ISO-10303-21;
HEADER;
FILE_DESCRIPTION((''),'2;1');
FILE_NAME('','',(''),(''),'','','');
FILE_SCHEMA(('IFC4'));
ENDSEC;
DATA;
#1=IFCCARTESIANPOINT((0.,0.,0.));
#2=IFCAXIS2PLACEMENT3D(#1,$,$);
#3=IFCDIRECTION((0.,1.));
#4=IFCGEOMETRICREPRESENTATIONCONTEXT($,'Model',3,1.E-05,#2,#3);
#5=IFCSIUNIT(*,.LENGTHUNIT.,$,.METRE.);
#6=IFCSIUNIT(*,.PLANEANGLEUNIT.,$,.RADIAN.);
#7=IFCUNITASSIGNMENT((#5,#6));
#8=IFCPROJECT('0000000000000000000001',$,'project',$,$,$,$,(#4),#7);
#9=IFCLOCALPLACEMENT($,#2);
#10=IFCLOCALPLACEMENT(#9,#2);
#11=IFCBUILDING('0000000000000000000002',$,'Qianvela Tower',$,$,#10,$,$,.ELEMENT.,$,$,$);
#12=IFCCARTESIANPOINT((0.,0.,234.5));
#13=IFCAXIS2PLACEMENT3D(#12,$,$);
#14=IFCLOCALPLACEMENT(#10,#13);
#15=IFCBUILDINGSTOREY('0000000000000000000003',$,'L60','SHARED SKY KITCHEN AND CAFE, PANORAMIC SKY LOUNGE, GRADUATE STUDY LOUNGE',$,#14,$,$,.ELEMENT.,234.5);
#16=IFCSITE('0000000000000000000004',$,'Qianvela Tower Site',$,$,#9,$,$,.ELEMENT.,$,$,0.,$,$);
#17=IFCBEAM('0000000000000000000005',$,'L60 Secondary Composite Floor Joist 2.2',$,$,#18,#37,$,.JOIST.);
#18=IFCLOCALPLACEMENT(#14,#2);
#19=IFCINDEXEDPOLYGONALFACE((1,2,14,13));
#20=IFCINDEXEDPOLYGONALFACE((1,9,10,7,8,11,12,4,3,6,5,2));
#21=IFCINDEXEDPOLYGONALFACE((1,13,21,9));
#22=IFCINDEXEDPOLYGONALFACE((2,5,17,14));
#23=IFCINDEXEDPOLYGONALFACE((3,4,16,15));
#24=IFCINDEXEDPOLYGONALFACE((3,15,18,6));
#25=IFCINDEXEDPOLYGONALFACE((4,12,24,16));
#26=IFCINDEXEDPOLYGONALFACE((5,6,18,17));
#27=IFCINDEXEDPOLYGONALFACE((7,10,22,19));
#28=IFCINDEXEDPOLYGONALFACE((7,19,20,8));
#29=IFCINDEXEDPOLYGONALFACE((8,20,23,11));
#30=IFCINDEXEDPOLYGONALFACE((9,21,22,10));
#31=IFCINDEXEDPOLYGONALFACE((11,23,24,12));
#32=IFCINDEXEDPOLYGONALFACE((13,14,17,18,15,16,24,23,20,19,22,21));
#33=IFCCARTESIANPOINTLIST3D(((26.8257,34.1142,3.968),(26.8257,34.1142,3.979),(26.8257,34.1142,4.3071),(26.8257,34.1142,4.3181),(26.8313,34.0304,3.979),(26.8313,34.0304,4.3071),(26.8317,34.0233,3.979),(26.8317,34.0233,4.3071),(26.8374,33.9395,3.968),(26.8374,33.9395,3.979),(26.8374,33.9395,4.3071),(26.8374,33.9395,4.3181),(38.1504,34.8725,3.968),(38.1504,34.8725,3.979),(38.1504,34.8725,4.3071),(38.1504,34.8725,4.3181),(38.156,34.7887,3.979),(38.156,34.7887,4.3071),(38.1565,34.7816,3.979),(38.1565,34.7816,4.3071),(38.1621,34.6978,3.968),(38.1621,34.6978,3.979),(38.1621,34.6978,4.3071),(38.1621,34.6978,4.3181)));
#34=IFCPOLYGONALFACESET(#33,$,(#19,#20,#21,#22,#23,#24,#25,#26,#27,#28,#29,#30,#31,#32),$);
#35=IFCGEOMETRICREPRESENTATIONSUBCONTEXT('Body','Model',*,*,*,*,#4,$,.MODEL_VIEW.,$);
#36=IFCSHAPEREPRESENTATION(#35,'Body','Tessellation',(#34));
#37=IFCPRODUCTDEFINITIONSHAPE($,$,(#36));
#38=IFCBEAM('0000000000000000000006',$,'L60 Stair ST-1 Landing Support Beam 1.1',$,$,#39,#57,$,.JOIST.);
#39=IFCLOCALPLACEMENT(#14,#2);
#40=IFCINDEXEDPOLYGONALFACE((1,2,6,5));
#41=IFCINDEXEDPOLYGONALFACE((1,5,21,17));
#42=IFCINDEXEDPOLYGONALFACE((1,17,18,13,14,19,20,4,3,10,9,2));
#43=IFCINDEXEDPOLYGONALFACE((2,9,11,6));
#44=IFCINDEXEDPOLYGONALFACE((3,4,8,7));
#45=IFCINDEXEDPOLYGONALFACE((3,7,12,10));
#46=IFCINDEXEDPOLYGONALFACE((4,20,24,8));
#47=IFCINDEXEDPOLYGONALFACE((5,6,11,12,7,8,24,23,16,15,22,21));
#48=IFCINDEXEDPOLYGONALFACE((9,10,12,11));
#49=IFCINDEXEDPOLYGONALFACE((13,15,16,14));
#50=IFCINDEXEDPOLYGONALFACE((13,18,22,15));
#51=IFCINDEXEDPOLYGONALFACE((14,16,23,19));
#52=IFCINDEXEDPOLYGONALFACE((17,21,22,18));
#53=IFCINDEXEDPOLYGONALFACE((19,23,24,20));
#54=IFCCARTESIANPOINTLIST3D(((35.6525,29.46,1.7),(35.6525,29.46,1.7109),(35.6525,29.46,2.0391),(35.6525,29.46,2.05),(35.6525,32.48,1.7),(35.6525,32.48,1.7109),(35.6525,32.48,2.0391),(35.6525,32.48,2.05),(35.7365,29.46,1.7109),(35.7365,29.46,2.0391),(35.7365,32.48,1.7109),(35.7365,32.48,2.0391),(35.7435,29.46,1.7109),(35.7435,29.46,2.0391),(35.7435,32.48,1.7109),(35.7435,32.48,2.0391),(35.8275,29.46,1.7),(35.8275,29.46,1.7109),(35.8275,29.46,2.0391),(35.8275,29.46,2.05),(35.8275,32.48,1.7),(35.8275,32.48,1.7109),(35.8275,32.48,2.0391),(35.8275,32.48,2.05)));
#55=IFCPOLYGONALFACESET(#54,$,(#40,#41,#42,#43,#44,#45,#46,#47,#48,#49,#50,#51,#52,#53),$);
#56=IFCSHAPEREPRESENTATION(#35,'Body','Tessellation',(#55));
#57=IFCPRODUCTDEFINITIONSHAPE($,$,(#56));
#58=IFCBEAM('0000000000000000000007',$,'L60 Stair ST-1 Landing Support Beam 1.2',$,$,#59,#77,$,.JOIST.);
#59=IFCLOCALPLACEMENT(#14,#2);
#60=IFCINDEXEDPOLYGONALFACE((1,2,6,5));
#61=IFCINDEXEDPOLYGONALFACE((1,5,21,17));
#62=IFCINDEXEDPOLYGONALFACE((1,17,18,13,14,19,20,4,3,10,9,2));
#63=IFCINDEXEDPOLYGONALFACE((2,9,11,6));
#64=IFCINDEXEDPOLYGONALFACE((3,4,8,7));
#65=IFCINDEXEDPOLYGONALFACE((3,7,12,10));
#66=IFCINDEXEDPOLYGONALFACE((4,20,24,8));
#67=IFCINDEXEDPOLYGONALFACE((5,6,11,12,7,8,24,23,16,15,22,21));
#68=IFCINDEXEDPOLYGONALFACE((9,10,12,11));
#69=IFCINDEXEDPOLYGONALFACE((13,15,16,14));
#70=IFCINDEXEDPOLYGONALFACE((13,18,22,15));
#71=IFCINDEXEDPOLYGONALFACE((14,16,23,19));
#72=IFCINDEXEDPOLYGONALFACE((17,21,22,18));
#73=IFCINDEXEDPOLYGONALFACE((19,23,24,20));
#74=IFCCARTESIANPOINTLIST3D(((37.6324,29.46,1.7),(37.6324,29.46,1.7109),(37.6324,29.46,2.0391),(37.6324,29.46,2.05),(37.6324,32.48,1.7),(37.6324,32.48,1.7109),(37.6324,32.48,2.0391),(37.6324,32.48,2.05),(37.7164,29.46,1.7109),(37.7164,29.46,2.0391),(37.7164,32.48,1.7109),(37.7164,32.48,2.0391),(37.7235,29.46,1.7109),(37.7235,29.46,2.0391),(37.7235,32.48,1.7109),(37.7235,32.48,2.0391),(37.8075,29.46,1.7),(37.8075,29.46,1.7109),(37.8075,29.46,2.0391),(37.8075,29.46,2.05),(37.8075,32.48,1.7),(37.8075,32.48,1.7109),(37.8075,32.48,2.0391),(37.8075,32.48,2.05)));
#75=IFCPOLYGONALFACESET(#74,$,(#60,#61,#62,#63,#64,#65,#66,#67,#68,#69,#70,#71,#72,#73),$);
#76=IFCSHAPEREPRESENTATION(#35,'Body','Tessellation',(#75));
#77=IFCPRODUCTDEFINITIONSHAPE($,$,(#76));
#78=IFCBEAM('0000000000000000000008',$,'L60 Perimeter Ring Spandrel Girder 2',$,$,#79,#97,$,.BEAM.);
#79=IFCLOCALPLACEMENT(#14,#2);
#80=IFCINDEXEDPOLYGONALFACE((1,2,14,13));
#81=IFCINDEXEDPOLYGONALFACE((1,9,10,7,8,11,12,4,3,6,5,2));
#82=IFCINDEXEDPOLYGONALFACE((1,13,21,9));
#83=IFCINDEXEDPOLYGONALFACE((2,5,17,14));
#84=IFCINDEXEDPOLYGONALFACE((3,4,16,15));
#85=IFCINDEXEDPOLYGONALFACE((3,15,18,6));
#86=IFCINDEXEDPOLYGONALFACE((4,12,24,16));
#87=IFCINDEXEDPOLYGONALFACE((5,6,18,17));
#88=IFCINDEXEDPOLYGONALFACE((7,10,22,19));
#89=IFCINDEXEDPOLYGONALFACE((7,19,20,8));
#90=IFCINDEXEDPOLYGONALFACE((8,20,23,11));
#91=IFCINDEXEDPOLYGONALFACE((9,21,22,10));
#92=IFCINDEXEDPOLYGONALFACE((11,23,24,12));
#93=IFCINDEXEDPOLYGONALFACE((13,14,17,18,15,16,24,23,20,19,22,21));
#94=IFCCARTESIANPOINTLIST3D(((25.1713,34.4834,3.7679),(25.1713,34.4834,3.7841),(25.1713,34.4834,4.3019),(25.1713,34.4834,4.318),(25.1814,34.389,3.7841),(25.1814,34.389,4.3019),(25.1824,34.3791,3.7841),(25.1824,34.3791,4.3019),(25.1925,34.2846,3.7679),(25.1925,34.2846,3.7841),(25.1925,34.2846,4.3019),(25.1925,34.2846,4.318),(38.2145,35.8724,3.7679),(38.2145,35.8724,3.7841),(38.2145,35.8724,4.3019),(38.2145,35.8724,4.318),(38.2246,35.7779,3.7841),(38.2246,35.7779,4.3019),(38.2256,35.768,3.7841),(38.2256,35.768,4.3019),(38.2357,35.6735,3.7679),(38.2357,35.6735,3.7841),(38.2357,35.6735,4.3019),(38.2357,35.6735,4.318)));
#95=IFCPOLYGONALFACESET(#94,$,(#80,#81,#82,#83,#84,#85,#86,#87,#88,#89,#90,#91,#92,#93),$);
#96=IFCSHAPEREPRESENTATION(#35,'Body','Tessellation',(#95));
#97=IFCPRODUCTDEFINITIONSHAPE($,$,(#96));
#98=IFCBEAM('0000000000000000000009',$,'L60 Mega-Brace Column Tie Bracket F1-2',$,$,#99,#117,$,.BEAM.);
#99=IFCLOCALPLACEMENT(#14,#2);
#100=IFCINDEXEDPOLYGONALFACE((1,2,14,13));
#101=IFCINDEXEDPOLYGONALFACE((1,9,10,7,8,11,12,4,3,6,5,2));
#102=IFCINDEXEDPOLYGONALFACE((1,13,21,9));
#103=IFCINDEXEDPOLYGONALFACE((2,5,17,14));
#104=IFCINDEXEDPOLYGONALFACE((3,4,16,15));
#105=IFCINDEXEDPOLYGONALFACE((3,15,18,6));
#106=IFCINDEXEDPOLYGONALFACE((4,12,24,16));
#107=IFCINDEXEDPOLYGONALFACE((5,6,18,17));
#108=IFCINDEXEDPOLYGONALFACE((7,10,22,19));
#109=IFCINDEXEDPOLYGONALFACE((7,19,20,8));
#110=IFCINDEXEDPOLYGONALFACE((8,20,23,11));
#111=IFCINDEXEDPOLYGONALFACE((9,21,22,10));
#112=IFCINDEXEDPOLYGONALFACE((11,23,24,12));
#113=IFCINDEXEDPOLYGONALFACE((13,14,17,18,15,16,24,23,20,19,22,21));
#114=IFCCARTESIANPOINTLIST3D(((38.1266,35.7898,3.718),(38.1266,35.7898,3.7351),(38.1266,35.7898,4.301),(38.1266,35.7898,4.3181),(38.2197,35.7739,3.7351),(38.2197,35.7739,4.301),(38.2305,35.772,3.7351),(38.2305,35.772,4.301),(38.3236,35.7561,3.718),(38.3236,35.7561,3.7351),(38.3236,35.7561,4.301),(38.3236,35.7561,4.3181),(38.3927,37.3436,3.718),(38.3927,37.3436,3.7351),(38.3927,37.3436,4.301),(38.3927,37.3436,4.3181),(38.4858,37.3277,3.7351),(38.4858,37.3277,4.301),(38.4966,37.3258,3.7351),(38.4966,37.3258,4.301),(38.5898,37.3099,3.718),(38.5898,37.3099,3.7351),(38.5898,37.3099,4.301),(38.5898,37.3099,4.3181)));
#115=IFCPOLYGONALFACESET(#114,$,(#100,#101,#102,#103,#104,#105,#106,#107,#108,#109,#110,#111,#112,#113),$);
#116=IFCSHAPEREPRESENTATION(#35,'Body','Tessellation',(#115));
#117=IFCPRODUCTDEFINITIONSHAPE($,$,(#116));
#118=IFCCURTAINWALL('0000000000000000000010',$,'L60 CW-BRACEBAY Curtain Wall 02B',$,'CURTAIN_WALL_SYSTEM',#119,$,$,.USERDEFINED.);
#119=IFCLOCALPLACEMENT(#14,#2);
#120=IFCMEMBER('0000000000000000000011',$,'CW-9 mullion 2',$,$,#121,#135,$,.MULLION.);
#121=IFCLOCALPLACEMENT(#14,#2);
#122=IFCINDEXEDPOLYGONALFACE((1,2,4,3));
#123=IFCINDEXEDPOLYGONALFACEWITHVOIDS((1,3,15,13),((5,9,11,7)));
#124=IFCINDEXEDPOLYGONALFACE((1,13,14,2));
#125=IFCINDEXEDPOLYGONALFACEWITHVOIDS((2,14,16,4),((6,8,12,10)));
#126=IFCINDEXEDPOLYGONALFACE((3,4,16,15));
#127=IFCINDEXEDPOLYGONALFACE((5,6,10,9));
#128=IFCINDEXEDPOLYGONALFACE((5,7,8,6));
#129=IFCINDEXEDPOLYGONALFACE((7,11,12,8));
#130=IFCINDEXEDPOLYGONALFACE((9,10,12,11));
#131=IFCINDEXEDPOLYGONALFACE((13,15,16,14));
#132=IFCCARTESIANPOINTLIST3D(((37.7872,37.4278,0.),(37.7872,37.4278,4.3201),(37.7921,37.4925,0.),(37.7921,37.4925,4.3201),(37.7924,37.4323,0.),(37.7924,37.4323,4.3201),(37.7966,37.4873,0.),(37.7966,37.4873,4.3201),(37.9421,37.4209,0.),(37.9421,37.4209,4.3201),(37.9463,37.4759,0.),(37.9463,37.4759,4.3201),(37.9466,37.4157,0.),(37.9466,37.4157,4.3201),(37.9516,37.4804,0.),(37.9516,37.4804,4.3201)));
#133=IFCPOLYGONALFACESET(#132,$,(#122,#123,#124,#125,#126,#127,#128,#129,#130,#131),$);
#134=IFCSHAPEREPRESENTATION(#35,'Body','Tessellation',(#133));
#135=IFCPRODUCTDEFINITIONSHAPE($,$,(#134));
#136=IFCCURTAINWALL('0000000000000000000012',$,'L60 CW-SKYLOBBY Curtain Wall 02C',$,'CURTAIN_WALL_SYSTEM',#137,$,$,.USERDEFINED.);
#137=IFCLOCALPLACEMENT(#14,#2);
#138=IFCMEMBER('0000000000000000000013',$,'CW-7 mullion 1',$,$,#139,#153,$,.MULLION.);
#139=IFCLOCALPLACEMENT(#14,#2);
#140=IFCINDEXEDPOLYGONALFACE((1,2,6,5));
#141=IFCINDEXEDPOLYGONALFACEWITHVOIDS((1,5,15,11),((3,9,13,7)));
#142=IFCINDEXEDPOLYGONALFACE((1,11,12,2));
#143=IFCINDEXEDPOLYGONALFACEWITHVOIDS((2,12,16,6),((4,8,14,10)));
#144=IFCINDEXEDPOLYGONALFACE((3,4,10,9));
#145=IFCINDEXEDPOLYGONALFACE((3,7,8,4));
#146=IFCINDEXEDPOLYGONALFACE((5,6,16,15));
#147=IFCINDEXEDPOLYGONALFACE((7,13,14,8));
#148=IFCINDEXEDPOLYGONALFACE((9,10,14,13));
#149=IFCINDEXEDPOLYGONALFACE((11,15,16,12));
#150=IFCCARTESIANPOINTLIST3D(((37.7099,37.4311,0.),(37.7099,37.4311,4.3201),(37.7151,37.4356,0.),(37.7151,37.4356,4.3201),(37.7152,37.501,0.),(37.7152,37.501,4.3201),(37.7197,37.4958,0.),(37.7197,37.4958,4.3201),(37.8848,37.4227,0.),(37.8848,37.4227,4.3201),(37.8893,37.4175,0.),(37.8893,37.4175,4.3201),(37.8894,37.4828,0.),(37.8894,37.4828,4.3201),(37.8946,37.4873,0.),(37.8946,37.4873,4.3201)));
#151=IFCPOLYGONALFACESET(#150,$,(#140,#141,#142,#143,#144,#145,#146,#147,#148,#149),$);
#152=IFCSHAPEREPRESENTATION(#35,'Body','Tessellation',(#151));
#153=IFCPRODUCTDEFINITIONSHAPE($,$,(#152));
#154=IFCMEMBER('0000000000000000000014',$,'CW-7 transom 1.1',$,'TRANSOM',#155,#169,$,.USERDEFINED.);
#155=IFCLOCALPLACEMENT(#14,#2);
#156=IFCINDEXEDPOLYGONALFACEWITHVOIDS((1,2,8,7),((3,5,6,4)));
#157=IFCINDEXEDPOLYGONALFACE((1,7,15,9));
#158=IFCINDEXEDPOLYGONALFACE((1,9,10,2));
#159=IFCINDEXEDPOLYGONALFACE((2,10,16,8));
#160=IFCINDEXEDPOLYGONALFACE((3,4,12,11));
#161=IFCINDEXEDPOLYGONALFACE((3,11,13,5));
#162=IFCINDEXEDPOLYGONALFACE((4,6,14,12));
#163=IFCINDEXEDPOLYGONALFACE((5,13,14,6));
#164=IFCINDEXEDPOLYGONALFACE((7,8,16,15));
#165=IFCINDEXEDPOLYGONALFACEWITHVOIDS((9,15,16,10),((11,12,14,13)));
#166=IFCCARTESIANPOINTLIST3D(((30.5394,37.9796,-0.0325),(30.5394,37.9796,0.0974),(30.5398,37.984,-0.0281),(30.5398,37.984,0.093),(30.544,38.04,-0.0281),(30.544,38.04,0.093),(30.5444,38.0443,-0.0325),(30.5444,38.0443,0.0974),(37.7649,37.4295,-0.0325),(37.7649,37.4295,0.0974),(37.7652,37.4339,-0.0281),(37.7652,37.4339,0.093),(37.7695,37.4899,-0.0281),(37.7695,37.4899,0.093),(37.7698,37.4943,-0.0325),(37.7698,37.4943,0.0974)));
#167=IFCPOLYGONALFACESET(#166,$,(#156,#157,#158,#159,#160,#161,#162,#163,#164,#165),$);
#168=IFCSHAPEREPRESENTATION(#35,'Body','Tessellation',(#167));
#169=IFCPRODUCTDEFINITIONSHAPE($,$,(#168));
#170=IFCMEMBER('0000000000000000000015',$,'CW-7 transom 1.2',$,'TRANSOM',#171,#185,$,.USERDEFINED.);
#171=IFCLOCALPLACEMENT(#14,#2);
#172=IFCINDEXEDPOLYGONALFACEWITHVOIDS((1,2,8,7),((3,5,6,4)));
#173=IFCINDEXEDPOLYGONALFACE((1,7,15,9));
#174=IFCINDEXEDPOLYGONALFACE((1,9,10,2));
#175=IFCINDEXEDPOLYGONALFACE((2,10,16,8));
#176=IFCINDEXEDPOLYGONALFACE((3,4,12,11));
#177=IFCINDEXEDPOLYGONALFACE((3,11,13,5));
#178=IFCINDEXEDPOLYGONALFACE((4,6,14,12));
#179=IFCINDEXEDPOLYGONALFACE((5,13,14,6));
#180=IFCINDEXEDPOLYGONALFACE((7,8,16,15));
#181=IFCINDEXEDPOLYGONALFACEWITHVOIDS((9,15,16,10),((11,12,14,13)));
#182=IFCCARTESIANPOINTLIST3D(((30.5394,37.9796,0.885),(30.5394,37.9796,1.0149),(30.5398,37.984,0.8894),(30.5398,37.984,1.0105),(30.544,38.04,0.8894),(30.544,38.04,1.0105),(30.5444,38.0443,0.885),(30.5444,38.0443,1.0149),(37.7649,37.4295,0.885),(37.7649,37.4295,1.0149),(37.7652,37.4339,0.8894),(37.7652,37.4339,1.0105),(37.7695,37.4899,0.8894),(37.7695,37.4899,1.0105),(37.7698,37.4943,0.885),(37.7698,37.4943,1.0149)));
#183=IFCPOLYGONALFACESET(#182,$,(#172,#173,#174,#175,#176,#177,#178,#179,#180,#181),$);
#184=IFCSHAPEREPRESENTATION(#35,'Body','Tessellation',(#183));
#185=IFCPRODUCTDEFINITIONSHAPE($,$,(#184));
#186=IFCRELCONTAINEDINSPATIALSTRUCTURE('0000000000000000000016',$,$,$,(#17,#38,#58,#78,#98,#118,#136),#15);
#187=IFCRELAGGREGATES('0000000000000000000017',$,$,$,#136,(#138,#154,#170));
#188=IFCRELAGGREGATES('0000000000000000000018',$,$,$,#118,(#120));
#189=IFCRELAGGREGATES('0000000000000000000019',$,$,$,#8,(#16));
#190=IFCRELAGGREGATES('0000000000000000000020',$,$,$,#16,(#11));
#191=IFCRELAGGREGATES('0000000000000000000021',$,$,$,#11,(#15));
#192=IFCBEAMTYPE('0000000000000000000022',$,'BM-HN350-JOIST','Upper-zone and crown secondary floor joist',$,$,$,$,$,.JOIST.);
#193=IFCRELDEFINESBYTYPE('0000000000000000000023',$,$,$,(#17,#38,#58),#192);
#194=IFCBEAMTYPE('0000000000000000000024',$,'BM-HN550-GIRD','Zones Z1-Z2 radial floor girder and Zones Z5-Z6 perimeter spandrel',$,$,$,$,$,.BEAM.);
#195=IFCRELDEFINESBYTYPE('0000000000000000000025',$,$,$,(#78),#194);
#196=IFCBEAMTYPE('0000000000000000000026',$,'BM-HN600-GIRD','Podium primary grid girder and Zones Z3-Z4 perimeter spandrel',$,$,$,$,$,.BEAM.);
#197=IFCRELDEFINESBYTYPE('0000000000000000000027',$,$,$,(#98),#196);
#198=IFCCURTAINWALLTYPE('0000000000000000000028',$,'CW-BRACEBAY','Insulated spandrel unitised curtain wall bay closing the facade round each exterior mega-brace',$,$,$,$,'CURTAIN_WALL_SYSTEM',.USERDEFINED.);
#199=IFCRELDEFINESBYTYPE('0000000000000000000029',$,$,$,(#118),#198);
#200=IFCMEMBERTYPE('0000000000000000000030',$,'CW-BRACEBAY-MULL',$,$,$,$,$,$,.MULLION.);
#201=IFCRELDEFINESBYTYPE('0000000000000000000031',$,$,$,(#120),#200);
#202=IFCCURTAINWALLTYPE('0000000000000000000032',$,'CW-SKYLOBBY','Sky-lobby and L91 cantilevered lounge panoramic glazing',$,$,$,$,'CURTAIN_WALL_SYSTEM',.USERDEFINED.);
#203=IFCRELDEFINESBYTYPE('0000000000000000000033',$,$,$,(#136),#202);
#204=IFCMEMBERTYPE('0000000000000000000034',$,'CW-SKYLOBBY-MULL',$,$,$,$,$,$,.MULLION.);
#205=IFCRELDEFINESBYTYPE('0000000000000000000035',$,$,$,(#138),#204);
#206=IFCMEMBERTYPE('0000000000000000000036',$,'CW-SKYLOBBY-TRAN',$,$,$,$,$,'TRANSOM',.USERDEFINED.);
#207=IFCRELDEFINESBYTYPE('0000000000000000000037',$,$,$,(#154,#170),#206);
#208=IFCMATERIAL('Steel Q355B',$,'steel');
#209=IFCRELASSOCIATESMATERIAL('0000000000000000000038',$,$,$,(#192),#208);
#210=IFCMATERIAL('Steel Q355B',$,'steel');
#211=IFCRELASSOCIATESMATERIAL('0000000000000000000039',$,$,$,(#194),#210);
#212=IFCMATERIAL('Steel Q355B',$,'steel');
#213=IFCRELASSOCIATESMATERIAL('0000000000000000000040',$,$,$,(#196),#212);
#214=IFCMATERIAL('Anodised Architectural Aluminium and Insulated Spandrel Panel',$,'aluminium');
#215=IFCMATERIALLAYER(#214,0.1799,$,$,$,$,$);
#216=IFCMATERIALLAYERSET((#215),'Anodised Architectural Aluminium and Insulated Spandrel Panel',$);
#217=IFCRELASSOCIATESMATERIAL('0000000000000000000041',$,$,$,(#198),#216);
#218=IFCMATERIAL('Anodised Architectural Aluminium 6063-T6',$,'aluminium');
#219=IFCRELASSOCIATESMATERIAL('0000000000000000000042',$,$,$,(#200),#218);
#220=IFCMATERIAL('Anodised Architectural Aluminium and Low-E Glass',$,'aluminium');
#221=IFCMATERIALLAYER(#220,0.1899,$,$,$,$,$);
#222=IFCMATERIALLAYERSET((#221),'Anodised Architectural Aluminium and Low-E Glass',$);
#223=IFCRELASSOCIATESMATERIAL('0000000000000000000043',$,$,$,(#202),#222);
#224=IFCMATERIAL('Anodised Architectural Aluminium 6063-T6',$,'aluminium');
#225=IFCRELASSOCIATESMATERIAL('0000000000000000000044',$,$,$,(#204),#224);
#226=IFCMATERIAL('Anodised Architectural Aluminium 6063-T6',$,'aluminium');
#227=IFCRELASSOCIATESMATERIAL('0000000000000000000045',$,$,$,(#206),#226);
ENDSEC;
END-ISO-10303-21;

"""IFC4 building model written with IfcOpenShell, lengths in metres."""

from ifc_helpers import new_model, si_unit, direction, frame, origin, origin_2d, place, context, subcontext, project, spatial, hollow_rectangle, i_section, extrude, material, layer, layer_set, material_profile, profile_set, type_object, element, aggregate, save


model = new_model("IFC4")

# Units and contexts
model_context = context("Model", 3, precision=1e-05, world=origin(), true_north=direction((0.0, 1.0)))
body_context = subcontext(model_context, "Body", "Model", "MODEL_VIEW")
ifc_project = project(units=[si_unit("LENGTHUNIT", "METRE"), si_unit("PLANEANGLEUNIT", "RADIAN")], contexts=[model_context])

# Site, building, storey
site_placement = place(None, origin())
site = spatial("IfcSite", under=ifc_project, at=site_placement, Name="Qianvela Tower Site", CompositionType="ELEMENT", RefElevation=0.0)
building_placement = place(site_placement, origin())
building = spatial("IfcBuilding", under=site, at=building_placement, Name="Qianvela Tower", CompositionType="ELEMENT")
storey_placement = place(building_placement, frame((0.0, 0.0, 234.5)))
storey = spatial("IfcBuildingStorey", under=building, at=storey_placement, Name="L60", Description="SHARED SKY KITCHEN AND CAFE, PANORAMIC SKY LOUNGE, GRADUATE STUDY LOUNGE", CompositionType="ELEMENT", Elevation=234.5)

# Beams
ifc_material_1 = material(Name="Steel Q355B", Category="steel")
ifc_material_profile_1 = material_profile(ifc_material_1, i_section(OverallWidth=0.175, OverallDepth=0.3501, WebThickness=0.0071, FlangeThickness=0.011, at=origin_2d()), Name="HN350x175x7x11")
ifc_profile_set_1 = profile_set([ifc_material_profile_1], Name="Steel Q355B")
beam_type_1 = type_object("IfcBeamType", Name="BM-HN350-JOIST", Description="Upper-zone and crown secondary floor joist", PredefinedType="JOIST", material=ifc_profile_set_1)
beam_1_placement = place(storey_placement, frame((38.1562, 34.7852, 4.1431), z_axis=(-0.997766, -0.06681, 0.0), x_axis=(0.06681, -0.997766, 0.0)))
element("IfcBeam", 1, at=beam_1_placement, inside=storey, type_object=beam_type_1, Name="L60 Secondary Composite Floor Joist 2.2", PredefinedType="JOIST", context=body_context, shape_type="SweptSolid", body=[
    extrude(i_section(OverallWidth=0.175, OverallDepth=0.3501, WebThickness=0.0071, FlangeThickness=0.011, at=origin_2d()), origin(), (0.0, 0.0, 1.0), 11.3501),
])
for number, where, z_axis, x_axis, name in (
    (2, (35.74, 29.46, 1.875), (0.0, 1.0, 0.0), (-1.0, 0.0, 0.0), "L60 Stair ST-1 Landing Support Beam 1.1"),
    (3, (37.72, 29.46, 1.875), (0.0, 1.0, 0.0), (-1.0, 0.0, 0.0), "L60 Stair ST-1 Landing Support Beam 1.2"),
):
    element("IfcBeam", number, at=place(storey_placement, frame(where, z_axis=z_axis, x_axis=x_axis)), inside=storey, type_object=beam_type_1, Name=name, PredefinedType="JOIST", context=body_context, shape_type="SweptSolid", body=[
        extrude(i_section(OverallWidth=0.175, OverallDepth=0.3501, WebThickness=0.0071, FlangeThickness=0.011, at=origin_2d()), origin(), (0.0, 0.0, 1.0), 3.02),
    ])
ifc_material_2 = material(Name="Steel Q355B", Category="steel")
ifc_material_profile_2 = material_profile(ifc_material_2, i_section(OverallWidth=0.2, OverallDepth=0.55, WebThickness=0.01, FlangeThickness=0.0161, at=origin_2d()), Name="HN550x200x10x16")
ifc_profile_set_2 = profile_set([ifc_material_profile_2], Name="Steel Q355B")
beam_type_2 = type_object("IfcBeamType", Name="BM-HN550-GIRD", Description="Zones Z1-Z2 radial floor girder and Zones Z5-Z6 perimeter spandrel", PredefinedType="BEAM", material=ifc_profile_set_2)
beam_2_placement = place(storey_placement, frame((38.2251, 35.7729, 4.043), z_axis=(-0.994378, -0.105887, 0.0), x_axis=(0.105887, -0.994378, 0.0)))
element("IfcBeam", 4, at=beam_2_placement, inside=storey, type_object=beam_type_2, Name="L60 Perimeter Ring Spandrel Girder 2", PredefinedType="BEAM", context=body_context, shape_type="SweptSolid", body=[
    extrude(i_section(OverallWidth=0.2, OverallDepth=0.55, WebThickness=0.01, FlangeThickness=0.0161, at=origin_2d()), origin(), (0.0, 0.0, 1.0), 13.1169),
])
ifc_material_3 = material(Name="Steel Q355B", Category="steel")
ifc_material_profile_3 = material_profile(ifc_material_3, i_section(OverallWidth=0.2, OverallDepth=0.6001, WebThickness=0.011, FlangeThickness=0.0171, at=origin_2d()), Name="HN600x200x11x17")
ifc_profile_set_3 = profile_set([ifc_material_profile_3], Name="Steel Q355B")
beam_type_3 = type_object("IfcBeamType", Name="BM-HN600-GIRD", Description="Podium primary grid girder and Zones Z3-Z4 perimeter spandrel", PredefinedType="BEAM", material=ifc_profile_set_3)
beam_3_placement = place(storey_placement, frame((38.2251, 35.7729, 4.0181), z_axis=(0.168818, 0.985647, 0.0), x_axis=(-0.985647, 0.168818, 0.0)))
element("IfcBeam", 5, at=beam_3_placement, inside=storey, type_object=beam_type_3, Name="L60 Mega-Brace Column Tie Bracket F1-2", PredefinedType="BEAM", context=body_context, shape_type="SweptSolid", body=[
    extrude(i_section(OverallWidth=0.2, OverallDepth=0.6001, WebThickness=0.011, FlangeThickness=0.0171, at=origin_2d()), origin(), (0.0, 0.0, 1.0), 1.5764),
])

# Curtain wall, member
ifc_material_4 = material(Name="Anodised Architectural Aluminium and Insulated Spandrel Panel", Category="aluminium")
ifc_layer_1 = layer(ifc_material_4, 0.1799)
ifc_layer_set_1 = layer_set([ifc_layer_1], Name="Anodised Architectural Aluminium and Insulated Spandrel Panel")
curtain_wall_type_1 = type_object("IfcCurtainWallType", Name="CW-BRACEBAY", Description="Insulated spandrel unitised curtain wall bay closing the facade round each exterior mega-brace", ElementType="CURTAIN_WALL_SYSTEM", PredefinedType="USERDEFINED", material=ifc_layer_set_1)
curtain_wall_1_placement = place(storey_placement, origin())
curtain_wall_1 = element("IfcCurtainWall", 6, at=curtain_wall_1_placement, inside=storey, type_object=curtain_wall_type_1, Name="L60 CW-BRACEBAY Curtain Wall 02B", ObjectType="CURTAIN_WALL_SYSTEM", PredefinedType="USERDEFINED")
ifc_material_5 = material(Name="Anodised Architectural Aluminium 6063-T6", Category="aluminium")
ifc_material_profile_4 = material_profile(ifc_material_5, hollow_rectangle(XDim=0.0649, YDim=0.1599, WallThickness=0.0049, at=origin_2d()), Name="ALU-MULL-65x160")
ifc_profile_set_4 = profile_set([ifc_material_profile_4], Name="Anodised Architectural Aluminium 6063-T6")
member_type_1 = type_object("IfcMemberType", Name="CW-BRACEBAY-MULL", PredefinedType="MULLION", material=ifc_profile_set_4)
member_1_placement = place(storey_placement, frame((37.8694, 37.4541, 0.0), z_axis=(0.0, 0.0, 1.0), x_axis=(-0.075905, -0.997115, 0.0)))
member_1 = element("IfcMember", 7, at=member_1_placement, type_object=member_type_1, Name="CW-9 mullion 2", PredefinedType="MULLION", context=body_context, shape_type="SweptSolid", body=[
    extrude(hollow_rectangle(XDim=0.0649, YDim=0.1599, WallThickness=0.0049, at=origin_2d()), origin(), (0.0, 0.0, 1.0), 4.3201),
])

# Curtain wall, members
ifc_material_6 = material(Name="Anodised Architectural Aluminium and Low-E Glass", Category="aluminium")
ifc_layer_2 = layer(ifc_material_6, 0.1899)
ifc_layer_set_2 = layer_set([ifc_layer_2], Name="Anodised Architectural Aluminium and Low-E Glass")
curtain_wall_type_2 = type_object("IfcCurtainWallType", Name="CW-SKYLOBBY", Description="Sky-lobby and L91 cantilevered lounge panoramic glazing", ElementType="CURTAIN_WALL_SYSTEM", PredefinedType="USERDEFINED", material=ifc_layer_set_2)
curtain_wall_2_placement = place(storey_placement, origin())
curtain_wall_2 = element("IfcCurtainWall", 8, at=curtain_wall_2_placement, inside=storey, type_object=curtain_wall_type_2, Name="L60 CW-SKYLOBBY Curtain Wall 02C", ObjectType="CURTAIN_WALL_SYSTEM", PredefinedType="USERDEFINED")
ifc_material_7 = material(Name="Anodised Architectural Aluminium 6063-T6", Category="aluminium")
ifc_material_profile_5 = material_profile(ifc_material_7, hollow_rectangle(XDim=0.0701, YDim=0.1799, WallThickness=0.0049, at=origin_2d()), Name="ALU-MULL-70x180")
ifc_profile_set_5 = profile_set([ifc_material_profile_5], Name="Anodised Architectural Aluminium 6063-T6")
member_type_2 = type_object("IfcMemberType", Name="CW-SKYLOBBY-MULL", PredefinedType="MULLION", material=ifc_profile_set_5)
member_2_placement = place(storey_placement, frame((37.8022, 37.4592, 0.0), z_axis=(0.0, 0.0, 1.0), x_axis=(-0.0759, -0.997115, 0.0)))
member_2 = element("IfcMember", 9, at=member_2_placement, type_object=member_type_2, Name="CW-7 mullion 1", PredefinedType="MULLION", context=body_context, shape_type="SweptSolid", body=[
    extrude(hollow_rectangle(XDim=0.0701, YDim=0.1799, WallThickness=0.0049, at=origin_2d()), origin(), (0.0, 0.0, 1.0), 4.3201),
])
ifc_material_8 = material(Name="Anodised Architectural Aluminium 6063-T6", Category="aluminium")
ifc_material_profile_6 = material_profile(ifc_material_8, hollow_rectangle(XDim=0.0649, YDim=0.1299, WallThickness=0.0044, at=origin_2d()), Name="ALU-TRAN-65x130")
ifc_profile_set_6 = profile_set([ifc_material_profile_6], Name="Anodised Architectural Aluminium 6063-T6")
member_type_3 = type_object("IfcMemberType", Name="CW-SKYLOBBY-TRAN", ElementType="TRANSOM", PredefinedType="USERDEFINED", material=ifc_profile_set_6)
member_3_placement = place(storey_placement, frame((37.7673, 37.4619, 0.0325), z_axis=(-0.997115, 0.075908, 0.0), x_axis=(-0.075908, -0.997115, 0.0)))
member_3 = element("IfcMember", 10, at=member_3_placement, type_object=member_type_3, Name="CW-7 transom 1.1", ObjectType="TRANSOM", PredefinedType="USERDEFINED", context=body_context, shape_type="SweptSolid", body=[
    extrude(hollow_rectangle(XDim=0.0649, YDim=0.1299, WallThickness=0.0044, at=origin_2d()), origin(), (0.0, 0.0, 1.0), 7.2463),
])
member_4_placement = place(storey_placement, frame((37.7673, 37.4619, 0.95), z_axis=(-0.997115, 0.075908, 0.0), x_axis=(-0.075908, -0.997115, 0.0)))
member_4 = element("IfcMember", 11, at=member_4_placement, type_object=member_type_3, Name="CW-7 transom 1.2", ObjectType="TRANSOM", PredefinedType="USERDEFINED", context=body_context, shape_type="SweptSolid", body=[
    extrude(hollow_rectangle(XDim=0.0649, YDim=0.1299, WallThickness=0.0044, at=origin_2d()), origin(), (0.0, 0.0, 1.0), 7.2463),
])
aggregate(curtain_wall_2, [member_2, member_3, member_4])

aggregate(curtain_wall_1, [member_1])

save(model, "model.ifc")
